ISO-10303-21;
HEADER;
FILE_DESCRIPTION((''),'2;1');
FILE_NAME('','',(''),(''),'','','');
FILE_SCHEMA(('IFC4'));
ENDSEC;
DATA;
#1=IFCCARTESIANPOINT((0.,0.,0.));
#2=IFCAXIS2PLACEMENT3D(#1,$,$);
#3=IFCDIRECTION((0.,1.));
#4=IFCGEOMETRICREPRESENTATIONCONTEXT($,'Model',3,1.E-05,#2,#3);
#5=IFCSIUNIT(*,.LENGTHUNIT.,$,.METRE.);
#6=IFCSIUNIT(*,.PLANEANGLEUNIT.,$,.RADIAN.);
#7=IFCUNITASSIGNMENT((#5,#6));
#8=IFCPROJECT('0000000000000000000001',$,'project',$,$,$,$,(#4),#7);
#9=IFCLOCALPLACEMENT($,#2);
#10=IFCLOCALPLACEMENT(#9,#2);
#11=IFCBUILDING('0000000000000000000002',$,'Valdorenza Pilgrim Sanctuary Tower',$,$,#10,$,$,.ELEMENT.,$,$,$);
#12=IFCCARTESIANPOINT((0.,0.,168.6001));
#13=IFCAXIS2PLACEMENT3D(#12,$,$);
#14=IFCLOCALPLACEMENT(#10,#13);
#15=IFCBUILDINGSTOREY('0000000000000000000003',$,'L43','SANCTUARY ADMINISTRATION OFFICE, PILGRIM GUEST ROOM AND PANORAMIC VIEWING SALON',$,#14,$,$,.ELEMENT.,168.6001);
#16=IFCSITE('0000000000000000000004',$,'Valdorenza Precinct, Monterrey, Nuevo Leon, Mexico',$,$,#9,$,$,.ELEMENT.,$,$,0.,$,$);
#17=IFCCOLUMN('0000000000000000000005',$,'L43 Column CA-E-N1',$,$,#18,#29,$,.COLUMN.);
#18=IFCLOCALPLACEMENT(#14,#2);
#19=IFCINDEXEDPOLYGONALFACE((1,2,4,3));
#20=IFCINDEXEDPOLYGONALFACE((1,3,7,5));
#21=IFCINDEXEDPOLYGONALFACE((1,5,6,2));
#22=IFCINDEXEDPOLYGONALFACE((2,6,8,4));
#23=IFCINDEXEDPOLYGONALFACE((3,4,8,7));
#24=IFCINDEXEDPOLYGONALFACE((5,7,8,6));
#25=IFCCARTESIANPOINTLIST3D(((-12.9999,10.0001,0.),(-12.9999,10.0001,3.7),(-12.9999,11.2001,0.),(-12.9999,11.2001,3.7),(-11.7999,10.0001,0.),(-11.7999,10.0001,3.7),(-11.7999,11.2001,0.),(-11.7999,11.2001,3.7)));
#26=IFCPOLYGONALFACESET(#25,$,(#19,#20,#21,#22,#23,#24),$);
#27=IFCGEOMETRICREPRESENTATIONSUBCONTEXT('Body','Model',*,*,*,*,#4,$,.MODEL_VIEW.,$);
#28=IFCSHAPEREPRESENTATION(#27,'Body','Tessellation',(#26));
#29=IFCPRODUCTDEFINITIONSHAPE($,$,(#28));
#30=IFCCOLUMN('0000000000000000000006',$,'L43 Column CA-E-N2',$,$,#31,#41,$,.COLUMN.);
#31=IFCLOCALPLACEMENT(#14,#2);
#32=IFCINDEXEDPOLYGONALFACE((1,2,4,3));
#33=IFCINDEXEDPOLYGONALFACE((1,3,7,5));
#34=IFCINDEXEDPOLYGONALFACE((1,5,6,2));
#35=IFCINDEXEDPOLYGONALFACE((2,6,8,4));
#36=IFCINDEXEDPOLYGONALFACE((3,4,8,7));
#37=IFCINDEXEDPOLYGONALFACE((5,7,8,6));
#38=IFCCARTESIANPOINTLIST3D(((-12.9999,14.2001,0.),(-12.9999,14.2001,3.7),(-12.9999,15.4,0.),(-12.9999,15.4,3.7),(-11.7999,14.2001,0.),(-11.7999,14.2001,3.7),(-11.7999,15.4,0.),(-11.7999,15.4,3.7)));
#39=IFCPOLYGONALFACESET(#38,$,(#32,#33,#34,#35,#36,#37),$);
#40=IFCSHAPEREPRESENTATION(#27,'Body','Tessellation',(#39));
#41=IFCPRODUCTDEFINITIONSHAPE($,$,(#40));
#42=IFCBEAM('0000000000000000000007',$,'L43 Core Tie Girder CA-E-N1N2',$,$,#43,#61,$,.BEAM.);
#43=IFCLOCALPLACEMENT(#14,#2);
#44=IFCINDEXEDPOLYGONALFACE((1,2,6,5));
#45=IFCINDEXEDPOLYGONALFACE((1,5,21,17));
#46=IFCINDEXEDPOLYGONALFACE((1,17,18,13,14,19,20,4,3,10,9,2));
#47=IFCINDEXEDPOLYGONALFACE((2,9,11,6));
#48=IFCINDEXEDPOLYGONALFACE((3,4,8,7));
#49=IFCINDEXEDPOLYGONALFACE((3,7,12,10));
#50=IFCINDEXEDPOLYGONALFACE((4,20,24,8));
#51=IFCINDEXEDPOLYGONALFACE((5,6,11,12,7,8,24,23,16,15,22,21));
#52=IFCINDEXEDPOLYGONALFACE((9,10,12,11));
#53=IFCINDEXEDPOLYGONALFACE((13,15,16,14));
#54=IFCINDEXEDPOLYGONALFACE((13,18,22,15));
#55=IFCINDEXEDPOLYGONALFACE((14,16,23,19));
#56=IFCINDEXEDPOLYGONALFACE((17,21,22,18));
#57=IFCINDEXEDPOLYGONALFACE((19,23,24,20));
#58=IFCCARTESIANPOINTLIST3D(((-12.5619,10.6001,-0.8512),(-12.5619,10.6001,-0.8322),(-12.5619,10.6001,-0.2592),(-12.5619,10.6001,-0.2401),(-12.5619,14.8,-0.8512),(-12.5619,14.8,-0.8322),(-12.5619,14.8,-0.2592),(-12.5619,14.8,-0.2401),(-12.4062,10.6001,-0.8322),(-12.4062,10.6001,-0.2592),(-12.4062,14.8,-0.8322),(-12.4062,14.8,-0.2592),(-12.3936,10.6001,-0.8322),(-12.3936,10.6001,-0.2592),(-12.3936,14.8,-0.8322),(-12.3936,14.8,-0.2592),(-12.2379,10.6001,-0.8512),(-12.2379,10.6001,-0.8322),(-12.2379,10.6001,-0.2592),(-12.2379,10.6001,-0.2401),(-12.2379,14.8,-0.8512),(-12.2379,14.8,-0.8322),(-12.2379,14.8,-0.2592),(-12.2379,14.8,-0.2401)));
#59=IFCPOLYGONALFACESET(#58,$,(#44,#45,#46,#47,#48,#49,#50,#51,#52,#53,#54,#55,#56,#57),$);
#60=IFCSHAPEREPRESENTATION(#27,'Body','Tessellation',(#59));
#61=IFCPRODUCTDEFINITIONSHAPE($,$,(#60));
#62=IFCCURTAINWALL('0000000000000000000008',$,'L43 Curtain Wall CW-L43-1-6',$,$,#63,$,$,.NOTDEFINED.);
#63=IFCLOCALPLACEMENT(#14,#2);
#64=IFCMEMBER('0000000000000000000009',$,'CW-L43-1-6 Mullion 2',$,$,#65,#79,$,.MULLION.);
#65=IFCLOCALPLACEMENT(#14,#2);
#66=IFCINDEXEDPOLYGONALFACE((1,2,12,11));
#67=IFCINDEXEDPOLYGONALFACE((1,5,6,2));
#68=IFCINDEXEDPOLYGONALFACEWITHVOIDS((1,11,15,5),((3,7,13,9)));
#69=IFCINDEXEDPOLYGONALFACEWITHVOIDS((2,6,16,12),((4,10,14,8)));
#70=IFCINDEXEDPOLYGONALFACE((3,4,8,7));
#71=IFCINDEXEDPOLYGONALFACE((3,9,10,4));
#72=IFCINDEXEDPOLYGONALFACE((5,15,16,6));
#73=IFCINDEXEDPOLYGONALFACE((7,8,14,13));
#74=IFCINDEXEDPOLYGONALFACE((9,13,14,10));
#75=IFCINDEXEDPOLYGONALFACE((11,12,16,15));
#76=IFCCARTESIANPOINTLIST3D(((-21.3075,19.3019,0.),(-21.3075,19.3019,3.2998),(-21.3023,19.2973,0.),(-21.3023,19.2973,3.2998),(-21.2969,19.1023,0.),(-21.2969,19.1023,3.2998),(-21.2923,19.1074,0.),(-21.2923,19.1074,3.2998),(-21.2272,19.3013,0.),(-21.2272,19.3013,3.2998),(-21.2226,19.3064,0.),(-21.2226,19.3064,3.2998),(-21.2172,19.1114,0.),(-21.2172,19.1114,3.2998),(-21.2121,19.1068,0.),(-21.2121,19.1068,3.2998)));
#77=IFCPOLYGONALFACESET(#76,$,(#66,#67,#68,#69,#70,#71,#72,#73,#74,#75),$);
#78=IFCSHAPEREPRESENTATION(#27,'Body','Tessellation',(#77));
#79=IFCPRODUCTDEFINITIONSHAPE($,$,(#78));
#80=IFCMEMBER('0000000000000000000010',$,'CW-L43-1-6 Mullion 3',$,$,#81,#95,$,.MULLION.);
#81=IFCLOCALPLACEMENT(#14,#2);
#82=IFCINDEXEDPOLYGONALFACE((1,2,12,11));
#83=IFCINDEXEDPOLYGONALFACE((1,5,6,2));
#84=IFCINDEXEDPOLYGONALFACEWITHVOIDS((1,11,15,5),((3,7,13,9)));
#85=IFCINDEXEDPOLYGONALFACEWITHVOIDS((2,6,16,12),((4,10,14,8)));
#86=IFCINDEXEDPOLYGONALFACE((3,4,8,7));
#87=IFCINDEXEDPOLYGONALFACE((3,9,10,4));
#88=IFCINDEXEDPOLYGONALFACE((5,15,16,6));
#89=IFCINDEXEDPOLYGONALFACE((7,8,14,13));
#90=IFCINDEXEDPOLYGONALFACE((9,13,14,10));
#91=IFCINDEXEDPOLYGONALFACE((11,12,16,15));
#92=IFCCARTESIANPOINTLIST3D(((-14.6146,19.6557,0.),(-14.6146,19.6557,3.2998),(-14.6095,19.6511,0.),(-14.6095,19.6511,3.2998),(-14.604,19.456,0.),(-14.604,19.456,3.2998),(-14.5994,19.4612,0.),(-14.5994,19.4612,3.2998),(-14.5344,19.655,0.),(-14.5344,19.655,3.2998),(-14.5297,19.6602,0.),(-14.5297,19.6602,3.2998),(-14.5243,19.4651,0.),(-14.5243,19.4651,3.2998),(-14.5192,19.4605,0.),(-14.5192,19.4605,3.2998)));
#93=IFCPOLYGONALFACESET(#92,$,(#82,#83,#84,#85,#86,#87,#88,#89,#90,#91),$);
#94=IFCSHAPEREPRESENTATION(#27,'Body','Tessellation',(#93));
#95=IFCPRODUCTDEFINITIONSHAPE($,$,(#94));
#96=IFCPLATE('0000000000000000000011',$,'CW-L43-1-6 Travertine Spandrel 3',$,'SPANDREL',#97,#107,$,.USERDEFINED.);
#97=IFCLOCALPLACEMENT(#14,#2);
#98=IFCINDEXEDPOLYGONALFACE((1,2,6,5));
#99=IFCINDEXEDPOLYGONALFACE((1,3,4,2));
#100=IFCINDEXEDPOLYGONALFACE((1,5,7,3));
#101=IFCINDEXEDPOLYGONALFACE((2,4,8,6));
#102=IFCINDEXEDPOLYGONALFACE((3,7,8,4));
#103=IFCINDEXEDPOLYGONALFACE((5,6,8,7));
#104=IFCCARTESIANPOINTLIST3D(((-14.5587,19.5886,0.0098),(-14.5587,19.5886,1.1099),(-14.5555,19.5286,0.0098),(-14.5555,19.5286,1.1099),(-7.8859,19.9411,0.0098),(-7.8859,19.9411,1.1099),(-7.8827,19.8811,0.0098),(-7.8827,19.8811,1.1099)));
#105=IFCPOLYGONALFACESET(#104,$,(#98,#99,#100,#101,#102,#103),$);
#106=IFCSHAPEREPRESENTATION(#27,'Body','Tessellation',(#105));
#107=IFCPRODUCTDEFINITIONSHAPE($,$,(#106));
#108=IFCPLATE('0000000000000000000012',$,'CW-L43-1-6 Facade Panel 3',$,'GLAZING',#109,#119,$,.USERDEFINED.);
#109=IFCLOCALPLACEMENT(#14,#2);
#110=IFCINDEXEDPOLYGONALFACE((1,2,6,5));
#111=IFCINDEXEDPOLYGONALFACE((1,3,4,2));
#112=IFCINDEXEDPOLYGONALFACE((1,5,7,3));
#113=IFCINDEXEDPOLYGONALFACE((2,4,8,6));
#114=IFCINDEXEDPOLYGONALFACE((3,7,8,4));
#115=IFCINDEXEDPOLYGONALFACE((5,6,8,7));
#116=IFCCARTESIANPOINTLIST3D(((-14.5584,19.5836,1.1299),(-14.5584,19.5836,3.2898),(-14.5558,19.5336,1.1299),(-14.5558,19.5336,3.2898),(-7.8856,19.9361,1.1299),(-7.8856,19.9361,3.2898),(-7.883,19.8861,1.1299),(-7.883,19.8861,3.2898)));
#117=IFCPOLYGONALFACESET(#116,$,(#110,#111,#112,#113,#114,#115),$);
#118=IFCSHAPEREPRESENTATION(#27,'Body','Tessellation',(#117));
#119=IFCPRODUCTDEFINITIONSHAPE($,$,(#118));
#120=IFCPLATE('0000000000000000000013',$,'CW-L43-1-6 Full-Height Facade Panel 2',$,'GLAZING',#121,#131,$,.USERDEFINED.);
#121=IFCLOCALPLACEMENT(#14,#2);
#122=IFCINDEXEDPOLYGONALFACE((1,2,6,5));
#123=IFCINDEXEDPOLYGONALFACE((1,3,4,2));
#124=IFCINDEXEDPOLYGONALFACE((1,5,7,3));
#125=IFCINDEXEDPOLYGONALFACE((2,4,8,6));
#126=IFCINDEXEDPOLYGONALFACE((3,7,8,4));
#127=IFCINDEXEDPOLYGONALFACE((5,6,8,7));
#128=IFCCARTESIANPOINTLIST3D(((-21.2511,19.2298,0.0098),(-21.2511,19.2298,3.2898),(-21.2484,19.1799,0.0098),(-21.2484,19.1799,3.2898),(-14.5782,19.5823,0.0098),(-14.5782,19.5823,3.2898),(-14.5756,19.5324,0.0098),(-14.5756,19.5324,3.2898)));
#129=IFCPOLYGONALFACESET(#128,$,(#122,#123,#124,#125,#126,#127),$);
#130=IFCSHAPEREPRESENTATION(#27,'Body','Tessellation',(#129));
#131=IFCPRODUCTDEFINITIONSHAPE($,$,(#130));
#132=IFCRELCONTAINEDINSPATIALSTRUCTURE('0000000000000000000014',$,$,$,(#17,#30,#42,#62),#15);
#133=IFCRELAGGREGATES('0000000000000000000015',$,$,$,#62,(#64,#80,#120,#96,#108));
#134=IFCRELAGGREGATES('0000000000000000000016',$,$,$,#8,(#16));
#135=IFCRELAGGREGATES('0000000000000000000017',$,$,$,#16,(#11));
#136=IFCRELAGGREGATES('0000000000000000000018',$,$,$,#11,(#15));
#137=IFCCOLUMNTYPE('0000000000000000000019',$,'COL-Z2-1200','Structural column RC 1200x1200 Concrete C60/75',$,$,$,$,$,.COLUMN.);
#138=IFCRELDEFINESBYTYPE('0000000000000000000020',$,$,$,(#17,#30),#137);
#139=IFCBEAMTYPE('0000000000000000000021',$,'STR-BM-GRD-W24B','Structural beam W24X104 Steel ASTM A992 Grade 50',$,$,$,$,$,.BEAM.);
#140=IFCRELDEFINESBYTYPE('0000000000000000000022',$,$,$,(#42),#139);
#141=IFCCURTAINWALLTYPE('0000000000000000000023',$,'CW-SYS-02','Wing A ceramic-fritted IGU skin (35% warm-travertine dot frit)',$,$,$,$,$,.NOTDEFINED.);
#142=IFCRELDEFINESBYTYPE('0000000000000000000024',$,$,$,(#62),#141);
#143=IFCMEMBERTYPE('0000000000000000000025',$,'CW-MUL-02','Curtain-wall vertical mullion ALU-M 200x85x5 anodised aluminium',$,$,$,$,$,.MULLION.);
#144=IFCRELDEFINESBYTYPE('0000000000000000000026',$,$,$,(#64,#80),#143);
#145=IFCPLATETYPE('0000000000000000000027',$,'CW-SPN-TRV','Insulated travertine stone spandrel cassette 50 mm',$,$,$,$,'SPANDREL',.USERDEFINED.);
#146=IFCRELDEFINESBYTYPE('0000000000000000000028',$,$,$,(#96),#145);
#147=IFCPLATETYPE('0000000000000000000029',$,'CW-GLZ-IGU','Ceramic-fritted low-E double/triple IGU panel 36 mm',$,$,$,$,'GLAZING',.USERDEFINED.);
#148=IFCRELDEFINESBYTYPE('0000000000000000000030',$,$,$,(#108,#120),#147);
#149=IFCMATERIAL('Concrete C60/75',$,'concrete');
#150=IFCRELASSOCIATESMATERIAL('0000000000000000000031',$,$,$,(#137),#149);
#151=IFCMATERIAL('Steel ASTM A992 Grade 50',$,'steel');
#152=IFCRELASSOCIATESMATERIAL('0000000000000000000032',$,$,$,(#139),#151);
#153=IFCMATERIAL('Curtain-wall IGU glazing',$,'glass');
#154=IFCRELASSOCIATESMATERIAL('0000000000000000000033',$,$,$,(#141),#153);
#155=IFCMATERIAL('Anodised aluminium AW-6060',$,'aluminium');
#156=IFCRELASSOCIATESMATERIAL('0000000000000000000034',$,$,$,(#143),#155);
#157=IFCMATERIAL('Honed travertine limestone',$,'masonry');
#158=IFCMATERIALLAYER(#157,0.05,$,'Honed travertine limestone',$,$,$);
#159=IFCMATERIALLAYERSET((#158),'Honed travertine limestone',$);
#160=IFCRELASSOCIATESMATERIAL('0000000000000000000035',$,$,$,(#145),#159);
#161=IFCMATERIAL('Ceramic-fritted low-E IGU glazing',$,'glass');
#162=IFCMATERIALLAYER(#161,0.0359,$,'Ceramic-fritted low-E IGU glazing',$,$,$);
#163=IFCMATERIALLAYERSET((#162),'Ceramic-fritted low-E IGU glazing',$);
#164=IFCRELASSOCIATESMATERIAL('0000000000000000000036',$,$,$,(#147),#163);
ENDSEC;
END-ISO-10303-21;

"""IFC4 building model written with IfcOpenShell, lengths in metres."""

from ifc_helpers import new_model, si_unit, direction, frame, origin, origin_2d, place, context, subcontext, project, spatial, rectangle, hollow_rectangle, i_section, extrude, source, transform, mapped, material, layer, layer_set, material_profile, profile_set, type_object, element, aggregate, save


model = new_model("IFC4")

# Units and contexts
model_context = context("Model", 3, precision=1e-05, world=origin(), true_north=direction((0.0, 1.0)))
body_context = subcontext(model_context, "Body", "Model", "MODEL_VIEW")
ifc_project = project(units=[si_unit("LENGTHUNIT", "METRE"), si_unit("PLANEANGLEUNIT", "RADIAN")], contexts=[model_context])

# Site, building, storey
site_placement = place(None, origin())
site = spatial("IfcSite", under=ifc_project, at=site_placement, Name="Valdorenza Precinct, Monterrey, Nuevo Leon, Mexico", CompositionType="ELEMENT", RefElevation=0.0)
building_placement = place(site_placement, origin())
building = spatial("IfcBuilding", under=site, at=building_placement, Name="Valdorenza Pilgrim Sanctuary Tower", CompositionType="ELEMENT")
storey_placement = place(building_placement, frame((0.0, 0.0, 168.6001)))
storey = spatial("IfcBuildingStorey", under=building, at=storey_placement, Name="L43", Description="SANCTUARY ADMINISTRATION OFFICE, PILGRIM GUEST ROOM AND PANORAMIC VIEWING SALON", CompositionType="ELEMENT", Elevation=168.6001)

# Columns
ifc_material_1 = material(Name="Concrete C60/75", Category="concrete")
ifc_material_profile_1 = material_profile(ifc_material_1, rectangle(XDim=1.2, YDim=1.2, at=origin_2d()), Name="RC 1200x1200")
ifc_profile_set_1 = profile_set([ifc_material_profile_1], Name="Concrete C60/75")
column_type = type_object("IfcColumnType", Name="COL-Z2-1200", Description="Structural column RC 1200x1200 Concrete C60/75", PredefinedType="COLUMN", material=ifc_profile_set_1)
shared_shape_1 = source(origin(), body_context, "Body", "SweptSolid", [
    extrude(rectangle(XDim=1.2, YDim=1.2, at=origin_2d()), origin(), (0.0, 0.0, 1.0), 3.7),
])
for number, where, z_axis, x_axis, name in (
    (1, (-12.3999, 10.6001, 0.0), (0.0, 0.0, 1.0), (1.0, 0.0, 0.0), "L43 Column CA-E-N1"),
    (2, (-12.3999, 14.8, 0.0), (0.0, 0.0, 1.0), (1.0, 0.0, 0.0), "L43 Column CA-E-N2"),
):
    element("IfcColumn", number, at=place(storey_placement, frame(where, z_axis=z_axis, x_axis=x_axis)), inside=storey, type_object=column_type, Name=name, PredefinedType="COLUMN", context=body_context, shape_type="MappedRepresentation", body=[
        mapped(shared_shape_1, transform((0.0, 0.0, 0.0), x_axis=(1.0, 0.0, 0.0), y_axis=(0.0, 1.0, 0.0), z_axis=(0.0, 0.0, 1.0), scale=1.0)),
    ])

# Beam
ifc_material_2 = material(Name="Steel ASTM A992 Grade 50", Category="steel")
ifc_material_profile_2 = material_profile(ifc_material_2, i_section(OverallWidth=0.324, OverallDepth=0.6111, WebThickness=0.0127, FlangeThickness=0.019, at=origin_2d()), Name="W24X104")
ifc_profile_set_2 = profile_set([ifc_material_profile_2], Name="Steel ASTM A992 Grade 50")
beam_type = type_object("IfcBeamType", Name="STR-BM-GRD-W24B", Description="Structural beam W24X104 Steel ASTM A992 Grade 50", PredefinedType="BEAM", material=ifc_profile_set_2)
shared_shape_2 = source(origin(), body_context, "Body", "SweptSolid", [
    extrude(i_section(OverallWidth=0.324, OverallDepth=0.6111, WebThickness=0.0127, FlangeThickness=0.019, at=origin_2d()), origin(), (0.0, 0.0, 1.0), 4.2),
])
beam_placement = place(storey_placement, frame((-12.3999, 10.6001, -0.5457), z_axis=(0.0, 1.0, 0.0), x_axis=(-1.0, 0.0, 0.0)))
element("IfcBeam", 3, at=beam_placement, inside=storey, type_object=beam_type, Name="L43 Core Tie Girder CA-E-N1N2", PredefinedType="BEAM", context=body_context, shape_type="MappedRepresentation", body=[
    mapped(shared_shape_2, transform((0.0, 0.0, 0.0), x_axis=(1.0, 0.0, 0.0), y_axis=(0.0, 1.0, 0.0), z_axis=(0.0, 0.0, 1.0), scale=1.0)),
])

# Curtain wall, members, plates
ifc_material_3 = material(Name="Curtain-wall IGU glazing", Category="glass")
curtain_wall_type = type_object("IfcCurtainWallType", Name="CW-SYS-02", Description="Wing A ceramic-fritted IGU skin (35% warm-travertine dot frit)", PredefinedType="NOTDEFINED", material=ifc_material_3)
curtain_wall_placement = place(storey_placement, origin())
curtain_wall = element("IfcCurtainWall", 4, at=curtain_wall_placement, inside=storey, type_object=curtain_wall_type, Name="L43 Curtain Wall CW-L43-1-6", PredefinedType="NOTDEFINED")
ifc_material_4 = material(Name="Anodised aluminium AW-6060", Category="aluminium")
ifc_material_profile_3 = material_profile(ifc_material_4, hollow_rectangle(XDim=0.085, YDim=0.2, WallThickness=0.0049, at=origin_2d()), Name="ALU-M 200x85x5")
ifc_profile_set_3 = profile_set([ifc_material_profile_3], Name="Anodised aluminium AW-6060")
member_type = type_object("IfcMemberType", Name="CW-MUL-02", Description="Curtain-wall vertical mullion ALU-M 200x85x5 anodised aluminium", PredefinedType="MULLION", material=ifc_profile_set_3)
shared_shape_3 = source(origin(), body_context, "Body", "SweptSolid", [
    extrude(hollow_rectangle(XDim=0.085, YDim=0.2, WallThickness=0.0049, at=origin_2d()), origin(), (0.0, 0.0, 1.0), 3.2998),
])
member_1_placement = place(storey_placement, frame((-21.2598, 19.2043, 0.0), z_axis=(0.0, 0.0, 1.0), x_axis=(0.998608, 0.052754, 0.0)))
member_1 = element("IfcMember", 5, at=member_1_placement, type_object=member_type, Name="CW-L43-1-6 Mullion 2", PredefinedType="MULLION", context=body_context, shape_type="MappedRepresentation", body=[
    mapped(shared_shape_3, transform((0.0, 0.0, 0.0), x_axis=(1.0, 0.0, 0.0), y_axis=(0.0, 1.0, 0.0), z_axis=(0.0, 0.0, 1.0), scale=1.0)),
])
member_2_placement = place(storey_placement, frame((-14.5669, 19.5581, 0.0), z_axis=(0.0, 0.0, 1.0), x_axis=(0.998608, 0.052754, 0.0)))
member_2 = element("IfcMember", 6, at=member_2_placement, type_object=member_type, Name="CW-L43-1-6 Mullion 3", PredefinedType="MULLION", context=body_context, shape_type="MappedRepresentation", body=[
    mapped(shared_shape_3, transform((0.0, 0.0, 0.0), x_axis=(1.0, 0.0, 0.0), y_axis=(0.0, 1.0, 0.0), z_axis=(0.0, 0.0, 1.0), scale=1.0)),
])
ifc_material_5 = material(Name="Honed travertine limestone", Category="masonry")
ifc_layer_1 = layer(ifc_material_5, 0.05, Name="Honed travertine limestone")
ifc_layer_set_1 = layer_set([ifc_layer_1], Name="Honed travertine limestone")
plate_type_1 = type_object("IfcPlateType", Name="CW-SPN-TRV", Description="Insulated travertine stone spandrel cassette 50 mm", ElementType="SPANDREL", PredefinedType="USERDEFINED", material=ifc_layer_set_1)
shared_shape_4 = source(origin(), body_context, "Body", "SweptSolid", [
    extrude(rectangle(XDim=6.6821, YDim=0.0601, at=origin_2d()), origin(), (0.0, 0.0, 1.0), 1.1001),
])
plate_1_placement = place(storey_placement, frame((-11.2207, 19.7349, 0.0098), z_axis=(0.0, 0.0, 1.0), x_axis=(0.998608, 0.052754, 0.0)))
plate_1 = element("IfcPlate", 7, at=plate_1_placement, type_object=plate_type_1, Name="CW-L43-1-6 Travertine Spandrel 3", ObjectType="SPANDREL", PredefinedType="USERDEFINED", context=body_context, shape_type="MappedRepresentation", body=[
    mapped(shared_shape_4, transform((0.0, 0.0, 0.0), x_axis=(1.0, 0.0, 0.0), y_axis=(0.0, 1.0, 0.0), z_axis=(0.0, 0.0, 1.0), scale=1.0)),
])
ifc_material_6 = material(Name="Ceramic-fritted low-E IGU glazing", Category="glass")
ifc_layer_2 = layer(ifc_material_6, 0.0359, Name="Ceramic-fritted low-E IGU glazing")
ifc_layer_set_2 = layer_set([ifc_layer_2], Name="Ceramic-fritted low-E IGU glazing")
plate_type_2 = type_object("IfcPlateType", Name="CW-GLZ-IGU", Description="Ceramic-fritted low-E double/triple IGU panel 36 mm", ElementType="GLAZING", PredefinedType="USERDEFINED", material=ifc_layer_set_2)
shared_shape_5 = source(origin(), body_context, "Body", "SweptSolid", [
    extrude(rectangle(XDim=6.6821, YDim=0.05, at=origin_2d()), origin(), (0.0, 0.0, 1.0), 2.1599),
])
plate_2_placement = place(storey_placement, frame((-11.2207, 19.7349, 1.1299), z_axis=(0.0, 0.0, 1.0), x_axis=(0.998608, 0.052754, 0.0)))
plate_2 = element("IfcPlate", 8, at=plate_2_placement, type_object=plate_type_2, Name="CW-L43-1-6 Facade Panel 3", ObjectType="GLAZING", PredefinedType="USERDEFINED", context=body_context, shape_type="MappedRepresentation", body=[
    mapped(shared_shape_5, transform((0.0, 0.0, 0.0), x_axis=(1.0, 0.0, 0.0), y_axis=(0.0, 1.0, 0.0), z_axis=(0.0, 0.0, 1.0), scale=1.0)),
])
shared_shape_6 = source(origin(), body_context, "Body", "SweptSolid", [
    extrude(rectangle(XDim=6.6821, YDim=0.05, at=origin_2d()), origin(), (0.0, 0.0, 1.0), 3.28),
])
plate_3_placement = place(storey_placement, frame((-17.9133, 19.3811, 0.0098), z_axis=(0.0, 0.0, 1.0), x_axis=(0.998608, 0.052754, 0.0)))
plate_3 = element("IfcPlate", 9, at=plate_3_placement, type_object=plate_type_2, Name="CW-L43-1-6 Full-Height Facade Panel 2", ObjectType="GLAZING", PredefinedType="USERDEFINED", context=body_context, shape_type="MappedRepresentation", body=[
    mapped(shared_shape_6, transform((0.0, 0.0, 0.0), x_axis=(1.0, 0.0, 0.0), y_axis=(0.0, 1.0, 0.0), z_axis=(0.0, 0.0, 1.0), scale=1.0)),
])
aggregate(curtain_wall, [member_1, member_2, plate_3, plate_1, plate_2])

save(model, "model.ifc")
